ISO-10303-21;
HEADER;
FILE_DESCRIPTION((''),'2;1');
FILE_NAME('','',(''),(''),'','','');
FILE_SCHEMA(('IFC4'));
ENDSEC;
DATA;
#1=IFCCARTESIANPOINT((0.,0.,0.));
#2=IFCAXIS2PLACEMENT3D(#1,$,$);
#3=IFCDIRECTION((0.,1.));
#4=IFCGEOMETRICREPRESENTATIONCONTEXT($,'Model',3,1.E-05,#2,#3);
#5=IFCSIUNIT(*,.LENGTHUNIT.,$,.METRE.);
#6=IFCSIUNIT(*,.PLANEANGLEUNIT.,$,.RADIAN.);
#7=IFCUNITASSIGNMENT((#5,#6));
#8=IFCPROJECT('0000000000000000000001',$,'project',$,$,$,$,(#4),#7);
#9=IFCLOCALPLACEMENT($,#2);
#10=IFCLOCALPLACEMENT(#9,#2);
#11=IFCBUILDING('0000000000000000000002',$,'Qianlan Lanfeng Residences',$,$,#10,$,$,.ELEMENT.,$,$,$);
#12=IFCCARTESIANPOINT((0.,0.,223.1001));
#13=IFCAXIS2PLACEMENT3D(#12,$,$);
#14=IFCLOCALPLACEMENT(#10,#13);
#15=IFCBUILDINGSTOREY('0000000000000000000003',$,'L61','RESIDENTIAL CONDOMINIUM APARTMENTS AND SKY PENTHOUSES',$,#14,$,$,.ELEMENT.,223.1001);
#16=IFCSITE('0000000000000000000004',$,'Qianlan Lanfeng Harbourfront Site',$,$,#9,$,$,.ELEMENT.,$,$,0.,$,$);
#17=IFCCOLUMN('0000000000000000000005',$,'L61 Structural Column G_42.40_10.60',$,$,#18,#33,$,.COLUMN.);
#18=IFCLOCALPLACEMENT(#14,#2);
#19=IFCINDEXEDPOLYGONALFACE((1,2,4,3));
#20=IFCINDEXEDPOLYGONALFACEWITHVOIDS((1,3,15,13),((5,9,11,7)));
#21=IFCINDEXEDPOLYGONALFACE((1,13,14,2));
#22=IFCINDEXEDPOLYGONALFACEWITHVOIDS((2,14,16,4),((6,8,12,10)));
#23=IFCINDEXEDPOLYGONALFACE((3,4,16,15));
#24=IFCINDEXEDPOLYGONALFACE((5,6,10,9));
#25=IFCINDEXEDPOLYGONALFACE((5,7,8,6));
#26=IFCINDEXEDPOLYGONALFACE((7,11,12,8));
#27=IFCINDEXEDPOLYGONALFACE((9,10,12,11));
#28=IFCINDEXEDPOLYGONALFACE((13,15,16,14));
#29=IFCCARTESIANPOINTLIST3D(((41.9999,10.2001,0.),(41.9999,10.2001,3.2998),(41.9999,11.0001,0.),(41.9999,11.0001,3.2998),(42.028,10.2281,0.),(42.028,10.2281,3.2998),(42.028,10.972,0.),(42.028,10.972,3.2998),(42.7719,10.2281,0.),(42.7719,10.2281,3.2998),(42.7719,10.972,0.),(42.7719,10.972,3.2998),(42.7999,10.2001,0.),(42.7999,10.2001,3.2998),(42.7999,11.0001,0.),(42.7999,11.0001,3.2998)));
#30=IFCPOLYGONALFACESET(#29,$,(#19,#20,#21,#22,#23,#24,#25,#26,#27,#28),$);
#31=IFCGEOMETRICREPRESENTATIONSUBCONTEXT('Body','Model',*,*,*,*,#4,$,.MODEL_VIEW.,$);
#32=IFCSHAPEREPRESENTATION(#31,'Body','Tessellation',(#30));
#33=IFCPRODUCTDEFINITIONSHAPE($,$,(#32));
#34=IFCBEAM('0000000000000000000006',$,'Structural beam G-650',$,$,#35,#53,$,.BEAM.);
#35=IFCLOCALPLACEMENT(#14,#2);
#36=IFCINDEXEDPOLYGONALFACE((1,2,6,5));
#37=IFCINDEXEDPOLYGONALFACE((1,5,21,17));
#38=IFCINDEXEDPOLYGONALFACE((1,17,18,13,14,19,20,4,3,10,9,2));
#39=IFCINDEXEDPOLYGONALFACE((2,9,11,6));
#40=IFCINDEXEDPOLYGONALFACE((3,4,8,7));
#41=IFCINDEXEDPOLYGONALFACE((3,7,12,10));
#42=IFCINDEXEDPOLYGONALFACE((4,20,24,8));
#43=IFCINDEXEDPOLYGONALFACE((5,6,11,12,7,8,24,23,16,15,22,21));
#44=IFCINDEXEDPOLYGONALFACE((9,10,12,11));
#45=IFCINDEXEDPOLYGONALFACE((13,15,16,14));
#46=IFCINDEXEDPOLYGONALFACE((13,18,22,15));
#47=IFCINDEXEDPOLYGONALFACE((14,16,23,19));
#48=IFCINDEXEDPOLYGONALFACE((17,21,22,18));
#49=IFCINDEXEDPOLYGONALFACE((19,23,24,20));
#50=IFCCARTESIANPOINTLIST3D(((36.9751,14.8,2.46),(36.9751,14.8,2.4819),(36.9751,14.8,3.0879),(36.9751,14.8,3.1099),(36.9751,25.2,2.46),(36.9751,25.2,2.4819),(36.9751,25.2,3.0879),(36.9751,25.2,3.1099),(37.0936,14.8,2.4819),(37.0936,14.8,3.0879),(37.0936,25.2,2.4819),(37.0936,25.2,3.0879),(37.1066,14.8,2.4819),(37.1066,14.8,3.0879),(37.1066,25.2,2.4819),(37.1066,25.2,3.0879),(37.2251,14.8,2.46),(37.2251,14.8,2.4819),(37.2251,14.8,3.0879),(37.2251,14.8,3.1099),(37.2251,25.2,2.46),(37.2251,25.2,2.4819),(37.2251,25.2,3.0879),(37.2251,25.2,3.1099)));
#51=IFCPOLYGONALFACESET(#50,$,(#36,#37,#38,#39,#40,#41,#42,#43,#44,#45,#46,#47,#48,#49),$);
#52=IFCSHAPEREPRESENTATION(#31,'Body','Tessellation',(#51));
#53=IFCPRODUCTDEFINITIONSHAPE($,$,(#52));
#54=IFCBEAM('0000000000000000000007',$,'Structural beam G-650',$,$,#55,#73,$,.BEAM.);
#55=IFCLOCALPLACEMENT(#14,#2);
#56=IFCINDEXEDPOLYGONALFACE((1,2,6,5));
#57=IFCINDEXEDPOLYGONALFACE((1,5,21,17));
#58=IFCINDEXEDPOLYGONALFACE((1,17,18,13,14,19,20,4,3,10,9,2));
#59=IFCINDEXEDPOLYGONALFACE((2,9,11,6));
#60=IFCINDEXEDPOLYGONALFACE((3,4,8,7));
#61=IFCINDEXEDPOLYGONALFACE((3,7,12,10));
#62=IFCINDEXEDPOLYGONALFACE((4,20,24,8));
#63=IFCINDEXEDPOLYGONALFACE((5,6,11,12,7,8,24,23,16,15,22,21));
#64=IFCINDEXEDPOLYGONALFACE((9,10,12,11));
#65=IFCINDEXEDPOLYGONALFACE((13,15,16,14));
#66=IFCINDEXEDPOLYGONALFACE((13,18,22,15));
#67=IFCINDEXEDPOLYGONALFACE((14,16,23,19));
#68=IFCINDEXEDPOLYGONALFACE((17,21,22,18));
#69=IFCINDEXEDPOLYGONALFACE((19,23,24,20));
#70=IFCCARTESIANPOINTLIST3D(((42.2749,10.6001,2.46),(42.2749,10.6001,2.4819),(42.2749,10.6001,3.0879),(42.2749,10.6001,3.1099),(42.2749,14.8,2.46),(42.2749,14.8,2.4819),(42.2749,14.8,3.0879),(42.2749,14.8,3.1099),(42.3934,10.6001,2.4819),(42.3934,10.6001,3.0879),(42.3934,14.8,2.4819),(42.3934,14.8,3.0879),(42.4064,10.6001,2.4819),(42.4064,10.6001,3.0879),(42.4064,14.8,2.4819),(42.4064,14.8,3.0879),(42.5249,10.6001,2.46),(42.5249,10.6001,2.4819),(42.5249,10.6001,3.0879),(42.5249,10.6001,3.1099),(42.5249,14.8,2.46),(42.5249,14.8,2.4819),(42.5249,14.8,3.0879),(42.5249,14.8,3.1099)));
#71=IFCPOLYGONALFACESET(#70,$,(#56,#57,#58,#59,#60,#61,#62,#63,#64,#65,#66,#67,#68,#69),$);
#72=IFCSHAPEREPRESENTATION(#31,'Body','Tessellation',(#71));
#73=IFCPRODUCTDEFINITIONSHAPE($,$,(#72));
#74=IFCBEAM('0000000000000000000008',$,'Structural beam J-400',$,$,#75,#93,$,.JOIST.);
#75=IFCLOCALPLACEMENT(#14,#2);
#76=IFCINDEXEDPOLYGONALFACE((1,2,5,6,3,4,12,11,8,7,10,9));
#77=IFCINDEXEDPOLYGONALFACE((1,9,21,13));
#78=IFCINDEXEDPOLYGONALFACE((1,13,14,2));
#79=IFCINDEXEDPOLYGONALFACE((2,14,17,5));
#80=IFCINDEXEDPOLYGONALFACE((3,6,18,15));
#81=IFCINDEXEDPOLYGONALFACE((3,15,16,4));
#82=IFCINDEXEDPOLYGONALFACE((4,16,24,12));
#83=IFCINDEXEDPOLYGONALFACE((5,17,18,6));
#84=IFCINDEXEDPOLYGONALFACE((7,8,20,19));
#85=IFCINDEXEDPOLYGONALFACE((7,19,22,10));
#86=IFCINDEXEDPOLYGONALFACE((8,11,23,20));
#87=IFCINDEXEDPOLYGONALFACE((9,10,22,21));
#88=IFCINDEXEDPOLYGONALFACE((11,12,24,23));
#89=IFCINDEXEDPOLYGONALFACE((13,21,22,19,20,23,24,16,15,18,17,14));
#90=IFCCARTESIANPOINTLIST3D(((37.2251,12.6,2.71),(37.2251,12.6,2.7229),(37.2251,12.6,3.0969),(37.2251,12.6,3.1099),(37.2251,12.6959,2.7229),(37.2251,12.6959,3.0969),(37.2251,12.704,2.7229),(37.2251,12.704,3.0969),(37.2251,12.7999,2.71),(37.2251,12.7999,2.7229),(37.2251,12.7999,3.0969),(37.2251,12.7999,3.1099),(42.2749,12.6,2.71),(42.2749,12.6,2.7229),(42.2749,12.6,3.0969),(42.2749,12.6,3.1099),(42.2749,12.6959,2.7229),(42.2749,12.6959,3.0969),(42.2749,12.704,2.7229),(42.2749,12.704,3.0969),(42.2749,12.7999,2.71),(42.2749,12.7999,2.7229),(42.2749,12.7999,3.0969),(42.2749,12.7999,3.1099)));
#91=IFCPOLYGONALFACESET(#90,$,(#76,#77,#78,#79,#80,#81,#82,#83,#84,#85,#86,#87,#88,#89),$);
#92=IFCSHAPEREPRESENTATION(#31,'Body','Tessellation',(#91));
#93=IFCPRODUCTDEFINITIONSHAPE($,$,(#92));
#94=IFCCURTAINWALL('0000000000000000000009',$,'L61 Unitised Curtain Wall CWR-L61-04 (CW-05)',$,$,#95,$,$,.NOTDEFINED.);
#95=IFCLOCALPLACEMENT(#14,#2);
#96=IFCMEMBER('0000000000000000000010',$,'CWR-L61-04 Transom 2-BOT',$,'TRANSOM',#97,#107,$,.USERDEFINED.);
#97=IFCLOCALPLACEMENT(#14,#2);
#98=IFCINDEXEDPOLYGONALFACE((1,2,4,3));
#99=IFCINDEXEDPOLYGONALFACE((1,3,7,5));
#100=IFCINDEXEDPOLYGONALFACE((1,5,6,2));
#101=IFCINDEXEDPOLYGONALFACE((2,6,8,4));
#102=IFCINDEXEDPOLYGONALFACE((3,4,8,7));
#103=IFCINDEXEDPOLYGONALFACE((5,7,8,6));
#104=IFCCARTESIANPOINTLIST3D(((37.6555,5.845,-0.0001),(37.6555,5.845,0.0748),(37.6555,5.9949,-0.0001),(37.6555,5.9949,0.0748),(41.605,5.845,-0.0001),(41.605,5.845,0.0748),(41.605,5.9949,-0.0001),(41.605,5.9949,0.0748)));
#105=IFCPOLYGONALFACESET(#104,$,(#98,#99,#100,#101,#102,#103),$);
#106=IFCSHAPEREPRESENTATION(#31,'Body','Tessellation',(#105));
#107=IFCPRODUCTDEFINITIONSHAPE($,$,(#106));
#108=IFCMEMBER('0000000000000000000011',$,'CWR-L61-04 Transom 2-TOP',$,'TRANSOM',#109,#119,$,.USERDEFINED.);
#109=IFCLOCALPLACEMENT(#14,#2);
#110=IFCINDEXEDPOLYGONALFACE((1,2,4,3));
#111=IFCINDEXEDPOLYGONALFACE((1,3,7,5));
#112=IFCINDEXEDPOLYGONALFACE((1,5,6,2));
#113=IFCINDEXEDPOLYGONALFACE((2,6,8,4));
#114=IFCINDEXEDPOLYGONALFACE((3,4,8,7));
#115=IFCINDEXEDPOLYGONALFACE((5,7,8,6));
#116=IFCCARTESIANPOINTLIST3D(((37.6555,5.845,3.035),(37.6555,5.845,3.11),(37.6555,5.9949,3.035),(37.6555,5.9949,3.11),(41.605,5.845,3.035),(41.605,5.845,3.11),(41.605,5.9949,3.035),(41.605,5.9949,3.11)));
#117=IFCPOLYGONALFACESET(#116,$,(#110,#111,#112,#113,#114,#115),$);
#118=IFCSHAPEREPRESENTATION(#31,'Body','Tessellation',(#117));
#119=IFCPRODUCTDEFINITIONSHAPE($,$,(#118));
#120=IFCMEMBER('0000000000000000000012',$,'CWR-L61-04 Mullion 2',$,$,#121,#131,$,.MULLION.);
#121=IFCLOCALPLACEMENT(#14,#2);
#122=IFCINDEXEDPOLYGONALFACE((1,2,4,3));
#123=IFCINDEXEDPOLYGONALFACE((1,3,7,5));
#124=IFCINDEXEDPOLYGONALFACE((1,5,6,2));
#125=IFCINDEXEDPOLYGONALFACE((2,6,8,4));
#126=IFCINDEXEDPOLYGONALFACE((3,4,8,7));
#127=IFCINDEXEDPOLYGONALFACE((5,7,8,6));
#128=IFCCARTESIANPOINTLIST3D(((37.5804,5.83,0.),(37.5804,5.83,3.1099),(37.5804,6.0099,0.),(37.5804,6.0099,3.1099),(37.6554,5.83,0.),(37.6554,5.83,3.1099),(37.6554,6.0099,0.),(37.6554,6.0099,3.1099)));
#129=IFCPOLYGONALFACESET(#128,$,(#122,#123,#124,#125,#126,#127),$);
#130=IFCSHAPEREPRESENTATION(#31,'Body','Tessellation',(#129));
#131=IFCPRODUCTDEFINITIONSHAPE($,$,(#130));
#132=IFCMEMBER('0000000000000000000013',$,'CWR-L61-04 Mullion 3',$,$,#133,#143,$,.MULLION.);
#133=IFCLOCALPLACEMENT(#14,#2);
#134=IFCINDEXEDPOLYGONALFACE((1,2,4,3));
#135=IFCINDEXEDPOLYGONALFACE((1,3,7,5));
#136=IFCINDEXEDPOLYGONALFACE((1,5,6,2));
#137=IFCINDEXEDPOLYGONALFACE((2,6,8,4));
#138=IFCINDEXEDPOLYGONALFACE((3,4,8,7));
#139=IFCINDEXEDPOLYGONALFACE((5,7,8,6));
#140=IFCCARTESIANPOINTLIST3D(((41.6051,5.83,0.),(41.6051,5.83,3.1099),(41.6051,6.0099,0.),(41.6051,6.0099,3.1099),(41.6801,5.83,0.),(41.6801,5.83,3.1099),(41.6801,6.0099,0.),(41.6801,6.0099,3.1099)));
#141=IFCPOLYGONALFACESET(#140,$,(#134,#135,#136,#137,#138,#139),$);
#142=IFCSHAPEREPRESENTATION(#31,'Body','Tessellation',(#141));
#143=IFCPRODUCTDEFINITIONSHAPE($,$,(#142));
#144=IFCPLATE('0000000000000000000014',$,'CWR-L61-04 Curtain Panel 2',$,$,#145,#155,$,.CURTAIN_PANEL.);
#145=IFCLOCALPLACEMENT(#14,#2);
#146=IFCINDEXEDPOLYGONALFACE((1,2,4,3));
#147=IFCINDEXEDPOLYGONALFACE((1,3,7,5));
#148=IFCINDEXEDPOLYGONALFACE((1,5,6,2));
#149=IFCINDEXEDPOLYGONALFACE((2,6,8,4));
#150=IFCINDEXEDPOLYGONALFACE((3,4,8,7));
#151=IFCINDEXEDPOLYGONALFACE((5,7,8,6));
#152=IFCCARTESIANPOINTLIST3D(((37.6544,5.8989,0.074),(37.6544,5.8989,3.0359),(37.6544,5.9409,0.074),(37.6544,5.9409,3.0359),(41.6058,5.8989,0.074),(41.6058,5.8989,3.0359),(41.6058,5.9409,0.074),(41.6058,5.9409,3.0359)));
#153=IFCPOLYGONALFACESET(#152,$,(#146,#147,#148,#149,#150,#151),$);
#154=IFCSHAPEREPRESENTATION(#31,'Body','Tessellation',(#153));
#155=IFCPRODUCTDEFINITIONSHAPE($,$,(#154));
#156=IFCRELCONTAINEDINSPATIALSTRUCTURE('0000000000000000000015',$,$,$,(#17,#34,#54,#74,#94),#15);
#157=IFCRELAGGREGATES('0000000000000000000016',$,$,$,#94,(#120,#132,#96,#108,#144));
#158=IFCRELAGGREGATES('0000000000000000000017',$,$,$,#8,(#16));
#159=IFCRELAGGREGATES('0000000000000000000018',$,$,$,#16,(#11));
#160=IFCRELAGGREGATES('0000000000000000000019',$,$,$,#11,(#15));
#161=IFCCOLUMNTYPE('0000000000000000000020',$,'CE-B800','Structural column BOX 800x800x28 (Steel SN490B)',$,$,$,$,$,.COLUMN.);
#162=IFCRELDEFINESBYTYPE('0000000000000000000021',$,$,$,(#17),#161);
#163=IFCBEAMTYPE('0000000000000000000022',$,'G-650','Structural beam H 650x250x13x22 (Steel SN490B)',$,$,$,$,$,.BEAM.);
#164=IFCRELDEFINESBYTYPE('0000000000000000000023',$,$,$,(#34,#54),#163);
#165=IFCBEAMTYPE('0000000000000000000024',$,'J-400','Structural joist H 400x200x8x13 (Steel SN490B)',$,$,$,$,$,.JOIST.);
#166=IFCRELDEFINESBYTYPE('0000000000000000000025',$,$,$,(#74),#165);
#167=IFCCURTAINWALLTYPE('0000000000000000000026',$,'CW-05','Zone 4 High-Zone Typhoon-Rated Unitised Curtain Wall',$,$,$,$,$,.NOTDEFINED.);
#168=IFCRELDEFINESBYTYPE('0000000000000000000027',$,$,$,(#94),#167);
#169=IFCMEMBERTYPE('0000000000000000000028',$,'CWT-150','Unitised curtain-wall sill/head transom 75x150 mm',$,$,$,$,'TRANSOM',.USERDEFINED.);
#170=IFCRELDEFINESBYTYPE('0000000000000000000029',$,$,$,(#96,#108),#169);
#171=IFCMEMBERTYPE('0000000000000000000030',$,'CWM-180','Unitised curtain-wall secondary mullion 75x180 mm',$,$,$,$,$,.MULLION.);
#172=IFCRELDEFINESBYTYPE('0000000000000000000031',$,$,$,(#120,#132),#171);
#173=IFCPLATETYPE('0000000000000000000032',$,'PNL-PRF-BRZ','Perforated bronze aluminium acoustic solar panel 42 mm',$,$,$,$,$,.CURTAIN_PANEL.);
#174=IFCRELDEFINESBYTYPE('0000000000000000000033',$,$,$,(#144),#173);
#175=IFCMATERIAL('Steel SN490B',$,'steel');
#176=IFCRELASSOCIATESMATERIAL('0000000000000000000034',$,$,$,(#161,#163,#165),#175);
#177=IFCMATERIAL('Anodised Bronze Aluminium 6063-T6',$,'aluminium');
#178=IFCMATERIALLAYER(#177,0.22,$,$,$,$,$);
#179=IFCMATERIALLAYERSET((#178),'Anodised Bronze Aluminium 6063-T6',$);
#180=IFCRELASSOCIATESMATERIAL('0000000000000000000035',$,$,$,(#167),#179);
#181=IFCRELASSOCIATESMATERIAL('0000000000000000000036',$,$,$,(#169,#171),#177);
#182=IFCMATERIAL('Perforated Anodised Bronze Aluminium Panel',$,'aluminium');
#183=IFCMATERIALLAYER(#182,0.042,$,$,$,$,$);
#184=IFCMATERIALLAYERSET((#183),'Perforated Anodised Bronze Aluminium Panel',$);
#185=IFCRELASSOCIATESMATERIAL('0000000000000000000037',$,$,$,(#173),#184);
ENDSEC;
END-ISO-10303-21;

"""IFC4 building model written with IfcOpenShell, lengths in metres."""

from ifc_helpers import new_model, si_unit, direction, frame, origin, origin_2d, place, context, subcontext, project, spatial, rectangle, hollow_rectangle, i_section, extrude, source, transform, mapped, material, layer, layer_set, material_profile, profile_set, type_object, element, aggregate, save


model = new_model("IFC4")

# Units and contexts
model_context = context("Model", 3, precision=1e-05, world=origin(), true_north=direction((0.0, 1.0)))
body_context = subcontext(model_context, "Body", "Model", "MODEL_VIEW")
ifc_project = project(units=[si_unit("LENGTHUNIT", "METRE"), si_unit("PLANEANGLEUNIT", "RADIAN")], contexts=[model_context])

# Site, building, storey
site_placement = place(None, origin())
site = spatial("IfcSite", under=ifc_project, at=site_placement, Name="Qianlan Lanfeng Harbourfront Site", CompositionType="ELEMENT", RefElevation=0.0)
building_placement = place(site_placement, origin())
building = spatial("IfcBuilding", under=site, at=building_placement, Name="Qianlan Lanfeng Residences", CompositionType="ELEMENT")
storey_placement = place(building_placement, frame((0.0, 0.0, 223.1001)))
storey = spatial("IfcBuildingStorey", under=building, at=storey_placement, Name="L61", Description="RESIDENTIAL CONDOMINIUM APARTMENTS AND SKY PENTHOUSES", CompositionType="ELEMENT", Elevation=223.1001)

# Column
ifc_material_1 = material(Name="Steel SN490B", Category="steel")
ifc_material_profile_1 = material_profile(ifc_material_1, hollow_rectangle(XDim=0.8, YDim=0.8, WallThickness=0.0281, at=origin_2d()), Name="BOX 800x800x28")
ifc_profile_set_1 = profile_set([ifc_material_profile_1], Name="Steel SN490B")
column_type = type_object("IfcColumnType", Name="CE-B800", Description="Structural column BOX 800x800x28 (Steel SN490B)", PredefinedType="COLUMN", material=ifc_profile_set_1)
column_placement = place(storey_placement, frame((42.3999, 10.6001, 0.0), z_axis=(0.0, 0.0, 1.0), x_axis=(1.0, 0.0, 0.0)))
element("IfcColumn", 1, at=column_placement, inside=storey, type_object=column_type, Name="L61 Structural Column G_42.40_10.60", PredefinedType="COLUMN", context=body_context, shape_type="SweptSolid", body=[
    extrude(hollow_rectangle(XDim=0.8, YDim=0.8, WallThickness=0.0281, at=origin_2d()), origin(), (0.0, 0.0, 1.0), 3.2998),
])

# Beams
ifc_material_profile_2 = material_profile(ifc_material_1, i_section(OverallWidth=0.25, OverallDepth=0.6499, WebThickness=0.0129, FlangeThickness=0.022, at=origin_2d()), Name="H 650x250x13x22")
ifc_profile_set_2 = profile_set([ifc_material_profile_2], Name="Steel SN490B")
beam_type_1 = type_object("IfcBeamType", Name="G-650", Description="Structural beam H 650x250x13x22 (Steel SN490B)", PredefinedType="BEAM", material=ifc_profile_set_2)
beam_1_placement = place(storey_placement, frame((37.1001, 14.8, 2.7849), z_axis=(0.0, 1.0, 0.0), x_axis=(-1.0, 0.0, 0.0)))
element("IfcBeam", 2, at=beam_1_placement, inside=storey, type_object=beam_type_1, Name="Structural beam G-650", PredefinedType="BEAM", context=body_context, shape_type="SweptSolid", body=[
    extrude(i_section(OverallWidth=0.25, OverallDepth=0.6499, WebThickness=0.0129, FlangeThickness=0.022, at=origin_2d()), origin(), (0.0, 0.0, 1.0), 10.3999),
])
beam_2_placement = place(storey_placement, frame((42.3999, 10.6001, 2.7849), z_axis=(0.0, 1.0, 0.0), x_axis=(-1.0, 0.0, 0.0)))
element("IfcBeam", 3, at=beam_2_placement, inside=storey, type_object=beam_type_1, Name="Structural beam G-650", PredefinedType="BEAM", context=body_context, shape_type="SweptSolid", body=[
    extrude(i_section(OverallWidth=0.25, OverallDepth=0.6499, WebThickness=0.0129, FlangeThickness=0.022, at=origin_2d()), origin(), (0.0, 0.0, 1.0), 4.2),
])
ifc_material_profile_3 = material_profile(ifc_material_1, i_section(OverallWidth=0.2, OverallDepth=0.3999, WebThickness=0.0081, FlangeThickness=0.0129, at=origin_2d()), Name="H 400x200x8x13")
ifc_profile_set_3 = profile_set([ifc_material_profile_3], Name="Steel SN490B")
beam_type_2 = type_object("IfcBeamType", Name="J-400", Description="Structural joist H 400x200x8x13 (Steel SN490B)", PredefinedType="JOIST", material=ifc_profile_set_3)
beam_3_placement = place(storey_placement, frame((37.2251, 12.7, 2.9099), z_axis=(1.0, 0.0, 0.0), x_axis=(0.0, 1.0, 0.0)))
element("IfcBeam", 4, at=beam_3_placement, inside=storey, type_object=beam_type_2, Name="Structural beam J-400", PredefinedType="JOIST", context=body_context, shape_type="SweptSolid", body=[
    extrude(i_section(OverallWidth=0.2, OverallDepth=0.3999, WebThickness=0.0081, FlangeThickness=0.0129, at=origin_2d()), origin(), (0.0, 0.0, 1.0), 5.0498),
])

# Curtain wall, members, plate
ifc_material_2 = material(Name="Anodised Bronze Aluminium 6063-T6", Category="aluminium")
ifc_layer_1 = layer(ifc_material_2, 0.22)
ifc_layer_set_1 = layer_set([ifc_layer_1], Name="Anodised Bronze Aluminium 6063-T6")
curtain_wall_type = type_object("IfcCurtainWallType", Name="CW-05", Description="Zone 4 High-Zone Typhoon-Rated Unitised Curtain Wall", PredefinedType="NOTDEFINED", material=ifc_layer_set_1)
curtain_wall_placement = place(storey_placement, origin())
curtain_wall = element("IfcCurtainWall", 5, at=curtain_wall_placement, inside=storey, type_object=curtain_wall_type, Name="L61 Unitised Curtain Wall CWR-L61-04 (CW-05)", PredefinedType="NOTDEFINED")
ifc_material_profile_4 = material_profile(ifc_material_2, rectangle(XDim=0.075, YDim=0.1499, at=origin_2d()), Name="ALU TRANSOM 75x150")
ifc_profile_set_4 = profile_set([ifc_material_profile_4], Name="Anodised Bronze Aluminium 6063-T6")
member_type_1 = type_object("IfcMemberType", Name="CWT-150", Description="Unitised curtain-wall sill/head transom 75x150 mm", ElementType="TRANSOM", PredefinedType="USERDEFINED", material=ifc_profile_set_4)
shared_shape_1 = source(origin(), body_context, "Body", "SweptSolid", [
    extrude(rectangle(XDim=0.075, YDim=0.1499, at=origin_2d()), origin(), (0.0, 0.0, 1.0), 3.9495),
])
member_1_placement = place(storey_placement, frame((37.6555, 5.9199, 0.0374), z_axis=(1.0, 0.0, 0.0), x_axis=(0.0, 0.0, 1.0)))
member_1 = element("IfcMember", 6, at=member_1_placement, type_object=member_type_1, Name="CWR-L61-04 Transom 2-BOT", ObjectType="TRANSOM", PredefinedType="USERDEFINED", context=body_context, shape_type="MappedRepresentation", body=[
    mapped(shared_shape_1, transform((0.0, 0.0, 0.0), scale=1.0)),
])
member_2_placement = place(storey_placement, frame((37.6555, 5.9199, 3.0725), z_axis=(1.0, 0.0, 0.0), x_axis=(0.0, 0.0, 1.0)))
member_2 = element("IfcMember", 7, at=member_2_placement, type_object=member_type_1, Name="CWR-L61-04 Transom 2-TOP", ObjectType="TRANSOM", PredefinedType="USERDEFINED", context=body_context, shape_type="MappedRepresentation", body=[
    mapped(shared_shape_1, transform((0.0, 0.0, 0.0), scale=1.0)),
])
ifc_material_profile_5 = material_profile(ifc_material_2, rectangle(XDim=0.075, YDim=0.1799, at=origin_2d()), Name="ALU MULLION 75x180")
ifc_profile_set_5 = profile_set([ifc_material_profile_5], Name="Anodised Bronze Aluminium 6063-T6")
member_type_2 = type_object("IfcMemberType", Name="CWM-180", Description="Unitised curtain-wall secondary mullion 75x180 mm", PredefinedType="MULLION", material=ifc_profile_set_5)
shared_shape_2 = source(origin(), body_context, "Body", "SweptSolid", [
    extrude(rectangle(XDim=0.075, YDim=0.1799, at=origin_2d()), origin(), (0.0, 0.0, 1.0), 3.1099),
])
member_3_placement = place(storey_placement, frame((37.6179, 5.9199, 0.0), z_axis=(0.0, 0.0, 1.0), x_axis=(1.0, 0.0, 0.0)))
member_3 = element("IfcMember", 8, at=member_3_placement, type_object=member_type_2, Name="CWR-L61-04 Mullion 2", PredefinedType="MULLION", context=body_context, shape_type="MappedRepresentation", body=[
    mapped(shared_shape_2, transform((0.0, 0.0, 0.0), scale=1.0)),
])
member_4_placement = place(storey_placement, frame((41.6426, 5.9199, 0.0), z_axis=(0.0, 0.0, 1.0), x_axis=(1.0, 0.0, 0.0)))
member_4 = element("IfcMember", 9, at=member_4_placement, type_object=member_type_2, Name="CWR-L61-04 Mullion 3", PredefinedType="MULLION", context=body_context, shape_type="MappedRepresentation", body=[
    mapped(shared_shape_2, transform((0.0, 0.0, 0.0), scale=1.0)),
])
ifc_material_3 = material(Name="Perforated Anodised Bronze Aluminium Panel", Category="aluminium")
ifc_layer_2 = layer(ifc_material_3, 0.042)
ifc_layer_set_2 = layer_set([ifc_layer_2], Name="Perforated Anodised Bronze Aluminium Panel")
plate_type = type_object("IfcPlateType", Name="PNL-PRF-BRZ", Description="Perforated bronze aluminium acoustic solar panel 42 mm", PredefinedType="CURTAIN_PANEL", material=ifc_layer_set_2)
shared_shape_3 = source(origin(), body_context, "Body", "SweptSolid", [
    extrude(rectangle(XDim=3.9514, YDim=0.042, at=origin_2d()), origin(), (0.0, 0.0, 1.0), 2.9619),
])
plate_placement = place(storey_placement, frame((39.6301, 5.9199, 0.074), z_axis=(0.0, 0.0, 1.0), x_axis=(1.0, 0.0, 0.0)))
plate = element("IfcPlate", 10, at=plate_placement, type_object=plate_type, Name="CWR-L61-04 Curtain Panel 2", PredefinedType="CURTAIN_PANEL", context=body_context, shape_type="MappedRepresentation", body=[
    mapped(shared_shape_3, transform((0.0, 0.0, 0.0), scale=1.0)),
])
aggregate(curtain_wall, [member_3, member_4, member_1, member_2, plate])

save(model, "model.ifc")
